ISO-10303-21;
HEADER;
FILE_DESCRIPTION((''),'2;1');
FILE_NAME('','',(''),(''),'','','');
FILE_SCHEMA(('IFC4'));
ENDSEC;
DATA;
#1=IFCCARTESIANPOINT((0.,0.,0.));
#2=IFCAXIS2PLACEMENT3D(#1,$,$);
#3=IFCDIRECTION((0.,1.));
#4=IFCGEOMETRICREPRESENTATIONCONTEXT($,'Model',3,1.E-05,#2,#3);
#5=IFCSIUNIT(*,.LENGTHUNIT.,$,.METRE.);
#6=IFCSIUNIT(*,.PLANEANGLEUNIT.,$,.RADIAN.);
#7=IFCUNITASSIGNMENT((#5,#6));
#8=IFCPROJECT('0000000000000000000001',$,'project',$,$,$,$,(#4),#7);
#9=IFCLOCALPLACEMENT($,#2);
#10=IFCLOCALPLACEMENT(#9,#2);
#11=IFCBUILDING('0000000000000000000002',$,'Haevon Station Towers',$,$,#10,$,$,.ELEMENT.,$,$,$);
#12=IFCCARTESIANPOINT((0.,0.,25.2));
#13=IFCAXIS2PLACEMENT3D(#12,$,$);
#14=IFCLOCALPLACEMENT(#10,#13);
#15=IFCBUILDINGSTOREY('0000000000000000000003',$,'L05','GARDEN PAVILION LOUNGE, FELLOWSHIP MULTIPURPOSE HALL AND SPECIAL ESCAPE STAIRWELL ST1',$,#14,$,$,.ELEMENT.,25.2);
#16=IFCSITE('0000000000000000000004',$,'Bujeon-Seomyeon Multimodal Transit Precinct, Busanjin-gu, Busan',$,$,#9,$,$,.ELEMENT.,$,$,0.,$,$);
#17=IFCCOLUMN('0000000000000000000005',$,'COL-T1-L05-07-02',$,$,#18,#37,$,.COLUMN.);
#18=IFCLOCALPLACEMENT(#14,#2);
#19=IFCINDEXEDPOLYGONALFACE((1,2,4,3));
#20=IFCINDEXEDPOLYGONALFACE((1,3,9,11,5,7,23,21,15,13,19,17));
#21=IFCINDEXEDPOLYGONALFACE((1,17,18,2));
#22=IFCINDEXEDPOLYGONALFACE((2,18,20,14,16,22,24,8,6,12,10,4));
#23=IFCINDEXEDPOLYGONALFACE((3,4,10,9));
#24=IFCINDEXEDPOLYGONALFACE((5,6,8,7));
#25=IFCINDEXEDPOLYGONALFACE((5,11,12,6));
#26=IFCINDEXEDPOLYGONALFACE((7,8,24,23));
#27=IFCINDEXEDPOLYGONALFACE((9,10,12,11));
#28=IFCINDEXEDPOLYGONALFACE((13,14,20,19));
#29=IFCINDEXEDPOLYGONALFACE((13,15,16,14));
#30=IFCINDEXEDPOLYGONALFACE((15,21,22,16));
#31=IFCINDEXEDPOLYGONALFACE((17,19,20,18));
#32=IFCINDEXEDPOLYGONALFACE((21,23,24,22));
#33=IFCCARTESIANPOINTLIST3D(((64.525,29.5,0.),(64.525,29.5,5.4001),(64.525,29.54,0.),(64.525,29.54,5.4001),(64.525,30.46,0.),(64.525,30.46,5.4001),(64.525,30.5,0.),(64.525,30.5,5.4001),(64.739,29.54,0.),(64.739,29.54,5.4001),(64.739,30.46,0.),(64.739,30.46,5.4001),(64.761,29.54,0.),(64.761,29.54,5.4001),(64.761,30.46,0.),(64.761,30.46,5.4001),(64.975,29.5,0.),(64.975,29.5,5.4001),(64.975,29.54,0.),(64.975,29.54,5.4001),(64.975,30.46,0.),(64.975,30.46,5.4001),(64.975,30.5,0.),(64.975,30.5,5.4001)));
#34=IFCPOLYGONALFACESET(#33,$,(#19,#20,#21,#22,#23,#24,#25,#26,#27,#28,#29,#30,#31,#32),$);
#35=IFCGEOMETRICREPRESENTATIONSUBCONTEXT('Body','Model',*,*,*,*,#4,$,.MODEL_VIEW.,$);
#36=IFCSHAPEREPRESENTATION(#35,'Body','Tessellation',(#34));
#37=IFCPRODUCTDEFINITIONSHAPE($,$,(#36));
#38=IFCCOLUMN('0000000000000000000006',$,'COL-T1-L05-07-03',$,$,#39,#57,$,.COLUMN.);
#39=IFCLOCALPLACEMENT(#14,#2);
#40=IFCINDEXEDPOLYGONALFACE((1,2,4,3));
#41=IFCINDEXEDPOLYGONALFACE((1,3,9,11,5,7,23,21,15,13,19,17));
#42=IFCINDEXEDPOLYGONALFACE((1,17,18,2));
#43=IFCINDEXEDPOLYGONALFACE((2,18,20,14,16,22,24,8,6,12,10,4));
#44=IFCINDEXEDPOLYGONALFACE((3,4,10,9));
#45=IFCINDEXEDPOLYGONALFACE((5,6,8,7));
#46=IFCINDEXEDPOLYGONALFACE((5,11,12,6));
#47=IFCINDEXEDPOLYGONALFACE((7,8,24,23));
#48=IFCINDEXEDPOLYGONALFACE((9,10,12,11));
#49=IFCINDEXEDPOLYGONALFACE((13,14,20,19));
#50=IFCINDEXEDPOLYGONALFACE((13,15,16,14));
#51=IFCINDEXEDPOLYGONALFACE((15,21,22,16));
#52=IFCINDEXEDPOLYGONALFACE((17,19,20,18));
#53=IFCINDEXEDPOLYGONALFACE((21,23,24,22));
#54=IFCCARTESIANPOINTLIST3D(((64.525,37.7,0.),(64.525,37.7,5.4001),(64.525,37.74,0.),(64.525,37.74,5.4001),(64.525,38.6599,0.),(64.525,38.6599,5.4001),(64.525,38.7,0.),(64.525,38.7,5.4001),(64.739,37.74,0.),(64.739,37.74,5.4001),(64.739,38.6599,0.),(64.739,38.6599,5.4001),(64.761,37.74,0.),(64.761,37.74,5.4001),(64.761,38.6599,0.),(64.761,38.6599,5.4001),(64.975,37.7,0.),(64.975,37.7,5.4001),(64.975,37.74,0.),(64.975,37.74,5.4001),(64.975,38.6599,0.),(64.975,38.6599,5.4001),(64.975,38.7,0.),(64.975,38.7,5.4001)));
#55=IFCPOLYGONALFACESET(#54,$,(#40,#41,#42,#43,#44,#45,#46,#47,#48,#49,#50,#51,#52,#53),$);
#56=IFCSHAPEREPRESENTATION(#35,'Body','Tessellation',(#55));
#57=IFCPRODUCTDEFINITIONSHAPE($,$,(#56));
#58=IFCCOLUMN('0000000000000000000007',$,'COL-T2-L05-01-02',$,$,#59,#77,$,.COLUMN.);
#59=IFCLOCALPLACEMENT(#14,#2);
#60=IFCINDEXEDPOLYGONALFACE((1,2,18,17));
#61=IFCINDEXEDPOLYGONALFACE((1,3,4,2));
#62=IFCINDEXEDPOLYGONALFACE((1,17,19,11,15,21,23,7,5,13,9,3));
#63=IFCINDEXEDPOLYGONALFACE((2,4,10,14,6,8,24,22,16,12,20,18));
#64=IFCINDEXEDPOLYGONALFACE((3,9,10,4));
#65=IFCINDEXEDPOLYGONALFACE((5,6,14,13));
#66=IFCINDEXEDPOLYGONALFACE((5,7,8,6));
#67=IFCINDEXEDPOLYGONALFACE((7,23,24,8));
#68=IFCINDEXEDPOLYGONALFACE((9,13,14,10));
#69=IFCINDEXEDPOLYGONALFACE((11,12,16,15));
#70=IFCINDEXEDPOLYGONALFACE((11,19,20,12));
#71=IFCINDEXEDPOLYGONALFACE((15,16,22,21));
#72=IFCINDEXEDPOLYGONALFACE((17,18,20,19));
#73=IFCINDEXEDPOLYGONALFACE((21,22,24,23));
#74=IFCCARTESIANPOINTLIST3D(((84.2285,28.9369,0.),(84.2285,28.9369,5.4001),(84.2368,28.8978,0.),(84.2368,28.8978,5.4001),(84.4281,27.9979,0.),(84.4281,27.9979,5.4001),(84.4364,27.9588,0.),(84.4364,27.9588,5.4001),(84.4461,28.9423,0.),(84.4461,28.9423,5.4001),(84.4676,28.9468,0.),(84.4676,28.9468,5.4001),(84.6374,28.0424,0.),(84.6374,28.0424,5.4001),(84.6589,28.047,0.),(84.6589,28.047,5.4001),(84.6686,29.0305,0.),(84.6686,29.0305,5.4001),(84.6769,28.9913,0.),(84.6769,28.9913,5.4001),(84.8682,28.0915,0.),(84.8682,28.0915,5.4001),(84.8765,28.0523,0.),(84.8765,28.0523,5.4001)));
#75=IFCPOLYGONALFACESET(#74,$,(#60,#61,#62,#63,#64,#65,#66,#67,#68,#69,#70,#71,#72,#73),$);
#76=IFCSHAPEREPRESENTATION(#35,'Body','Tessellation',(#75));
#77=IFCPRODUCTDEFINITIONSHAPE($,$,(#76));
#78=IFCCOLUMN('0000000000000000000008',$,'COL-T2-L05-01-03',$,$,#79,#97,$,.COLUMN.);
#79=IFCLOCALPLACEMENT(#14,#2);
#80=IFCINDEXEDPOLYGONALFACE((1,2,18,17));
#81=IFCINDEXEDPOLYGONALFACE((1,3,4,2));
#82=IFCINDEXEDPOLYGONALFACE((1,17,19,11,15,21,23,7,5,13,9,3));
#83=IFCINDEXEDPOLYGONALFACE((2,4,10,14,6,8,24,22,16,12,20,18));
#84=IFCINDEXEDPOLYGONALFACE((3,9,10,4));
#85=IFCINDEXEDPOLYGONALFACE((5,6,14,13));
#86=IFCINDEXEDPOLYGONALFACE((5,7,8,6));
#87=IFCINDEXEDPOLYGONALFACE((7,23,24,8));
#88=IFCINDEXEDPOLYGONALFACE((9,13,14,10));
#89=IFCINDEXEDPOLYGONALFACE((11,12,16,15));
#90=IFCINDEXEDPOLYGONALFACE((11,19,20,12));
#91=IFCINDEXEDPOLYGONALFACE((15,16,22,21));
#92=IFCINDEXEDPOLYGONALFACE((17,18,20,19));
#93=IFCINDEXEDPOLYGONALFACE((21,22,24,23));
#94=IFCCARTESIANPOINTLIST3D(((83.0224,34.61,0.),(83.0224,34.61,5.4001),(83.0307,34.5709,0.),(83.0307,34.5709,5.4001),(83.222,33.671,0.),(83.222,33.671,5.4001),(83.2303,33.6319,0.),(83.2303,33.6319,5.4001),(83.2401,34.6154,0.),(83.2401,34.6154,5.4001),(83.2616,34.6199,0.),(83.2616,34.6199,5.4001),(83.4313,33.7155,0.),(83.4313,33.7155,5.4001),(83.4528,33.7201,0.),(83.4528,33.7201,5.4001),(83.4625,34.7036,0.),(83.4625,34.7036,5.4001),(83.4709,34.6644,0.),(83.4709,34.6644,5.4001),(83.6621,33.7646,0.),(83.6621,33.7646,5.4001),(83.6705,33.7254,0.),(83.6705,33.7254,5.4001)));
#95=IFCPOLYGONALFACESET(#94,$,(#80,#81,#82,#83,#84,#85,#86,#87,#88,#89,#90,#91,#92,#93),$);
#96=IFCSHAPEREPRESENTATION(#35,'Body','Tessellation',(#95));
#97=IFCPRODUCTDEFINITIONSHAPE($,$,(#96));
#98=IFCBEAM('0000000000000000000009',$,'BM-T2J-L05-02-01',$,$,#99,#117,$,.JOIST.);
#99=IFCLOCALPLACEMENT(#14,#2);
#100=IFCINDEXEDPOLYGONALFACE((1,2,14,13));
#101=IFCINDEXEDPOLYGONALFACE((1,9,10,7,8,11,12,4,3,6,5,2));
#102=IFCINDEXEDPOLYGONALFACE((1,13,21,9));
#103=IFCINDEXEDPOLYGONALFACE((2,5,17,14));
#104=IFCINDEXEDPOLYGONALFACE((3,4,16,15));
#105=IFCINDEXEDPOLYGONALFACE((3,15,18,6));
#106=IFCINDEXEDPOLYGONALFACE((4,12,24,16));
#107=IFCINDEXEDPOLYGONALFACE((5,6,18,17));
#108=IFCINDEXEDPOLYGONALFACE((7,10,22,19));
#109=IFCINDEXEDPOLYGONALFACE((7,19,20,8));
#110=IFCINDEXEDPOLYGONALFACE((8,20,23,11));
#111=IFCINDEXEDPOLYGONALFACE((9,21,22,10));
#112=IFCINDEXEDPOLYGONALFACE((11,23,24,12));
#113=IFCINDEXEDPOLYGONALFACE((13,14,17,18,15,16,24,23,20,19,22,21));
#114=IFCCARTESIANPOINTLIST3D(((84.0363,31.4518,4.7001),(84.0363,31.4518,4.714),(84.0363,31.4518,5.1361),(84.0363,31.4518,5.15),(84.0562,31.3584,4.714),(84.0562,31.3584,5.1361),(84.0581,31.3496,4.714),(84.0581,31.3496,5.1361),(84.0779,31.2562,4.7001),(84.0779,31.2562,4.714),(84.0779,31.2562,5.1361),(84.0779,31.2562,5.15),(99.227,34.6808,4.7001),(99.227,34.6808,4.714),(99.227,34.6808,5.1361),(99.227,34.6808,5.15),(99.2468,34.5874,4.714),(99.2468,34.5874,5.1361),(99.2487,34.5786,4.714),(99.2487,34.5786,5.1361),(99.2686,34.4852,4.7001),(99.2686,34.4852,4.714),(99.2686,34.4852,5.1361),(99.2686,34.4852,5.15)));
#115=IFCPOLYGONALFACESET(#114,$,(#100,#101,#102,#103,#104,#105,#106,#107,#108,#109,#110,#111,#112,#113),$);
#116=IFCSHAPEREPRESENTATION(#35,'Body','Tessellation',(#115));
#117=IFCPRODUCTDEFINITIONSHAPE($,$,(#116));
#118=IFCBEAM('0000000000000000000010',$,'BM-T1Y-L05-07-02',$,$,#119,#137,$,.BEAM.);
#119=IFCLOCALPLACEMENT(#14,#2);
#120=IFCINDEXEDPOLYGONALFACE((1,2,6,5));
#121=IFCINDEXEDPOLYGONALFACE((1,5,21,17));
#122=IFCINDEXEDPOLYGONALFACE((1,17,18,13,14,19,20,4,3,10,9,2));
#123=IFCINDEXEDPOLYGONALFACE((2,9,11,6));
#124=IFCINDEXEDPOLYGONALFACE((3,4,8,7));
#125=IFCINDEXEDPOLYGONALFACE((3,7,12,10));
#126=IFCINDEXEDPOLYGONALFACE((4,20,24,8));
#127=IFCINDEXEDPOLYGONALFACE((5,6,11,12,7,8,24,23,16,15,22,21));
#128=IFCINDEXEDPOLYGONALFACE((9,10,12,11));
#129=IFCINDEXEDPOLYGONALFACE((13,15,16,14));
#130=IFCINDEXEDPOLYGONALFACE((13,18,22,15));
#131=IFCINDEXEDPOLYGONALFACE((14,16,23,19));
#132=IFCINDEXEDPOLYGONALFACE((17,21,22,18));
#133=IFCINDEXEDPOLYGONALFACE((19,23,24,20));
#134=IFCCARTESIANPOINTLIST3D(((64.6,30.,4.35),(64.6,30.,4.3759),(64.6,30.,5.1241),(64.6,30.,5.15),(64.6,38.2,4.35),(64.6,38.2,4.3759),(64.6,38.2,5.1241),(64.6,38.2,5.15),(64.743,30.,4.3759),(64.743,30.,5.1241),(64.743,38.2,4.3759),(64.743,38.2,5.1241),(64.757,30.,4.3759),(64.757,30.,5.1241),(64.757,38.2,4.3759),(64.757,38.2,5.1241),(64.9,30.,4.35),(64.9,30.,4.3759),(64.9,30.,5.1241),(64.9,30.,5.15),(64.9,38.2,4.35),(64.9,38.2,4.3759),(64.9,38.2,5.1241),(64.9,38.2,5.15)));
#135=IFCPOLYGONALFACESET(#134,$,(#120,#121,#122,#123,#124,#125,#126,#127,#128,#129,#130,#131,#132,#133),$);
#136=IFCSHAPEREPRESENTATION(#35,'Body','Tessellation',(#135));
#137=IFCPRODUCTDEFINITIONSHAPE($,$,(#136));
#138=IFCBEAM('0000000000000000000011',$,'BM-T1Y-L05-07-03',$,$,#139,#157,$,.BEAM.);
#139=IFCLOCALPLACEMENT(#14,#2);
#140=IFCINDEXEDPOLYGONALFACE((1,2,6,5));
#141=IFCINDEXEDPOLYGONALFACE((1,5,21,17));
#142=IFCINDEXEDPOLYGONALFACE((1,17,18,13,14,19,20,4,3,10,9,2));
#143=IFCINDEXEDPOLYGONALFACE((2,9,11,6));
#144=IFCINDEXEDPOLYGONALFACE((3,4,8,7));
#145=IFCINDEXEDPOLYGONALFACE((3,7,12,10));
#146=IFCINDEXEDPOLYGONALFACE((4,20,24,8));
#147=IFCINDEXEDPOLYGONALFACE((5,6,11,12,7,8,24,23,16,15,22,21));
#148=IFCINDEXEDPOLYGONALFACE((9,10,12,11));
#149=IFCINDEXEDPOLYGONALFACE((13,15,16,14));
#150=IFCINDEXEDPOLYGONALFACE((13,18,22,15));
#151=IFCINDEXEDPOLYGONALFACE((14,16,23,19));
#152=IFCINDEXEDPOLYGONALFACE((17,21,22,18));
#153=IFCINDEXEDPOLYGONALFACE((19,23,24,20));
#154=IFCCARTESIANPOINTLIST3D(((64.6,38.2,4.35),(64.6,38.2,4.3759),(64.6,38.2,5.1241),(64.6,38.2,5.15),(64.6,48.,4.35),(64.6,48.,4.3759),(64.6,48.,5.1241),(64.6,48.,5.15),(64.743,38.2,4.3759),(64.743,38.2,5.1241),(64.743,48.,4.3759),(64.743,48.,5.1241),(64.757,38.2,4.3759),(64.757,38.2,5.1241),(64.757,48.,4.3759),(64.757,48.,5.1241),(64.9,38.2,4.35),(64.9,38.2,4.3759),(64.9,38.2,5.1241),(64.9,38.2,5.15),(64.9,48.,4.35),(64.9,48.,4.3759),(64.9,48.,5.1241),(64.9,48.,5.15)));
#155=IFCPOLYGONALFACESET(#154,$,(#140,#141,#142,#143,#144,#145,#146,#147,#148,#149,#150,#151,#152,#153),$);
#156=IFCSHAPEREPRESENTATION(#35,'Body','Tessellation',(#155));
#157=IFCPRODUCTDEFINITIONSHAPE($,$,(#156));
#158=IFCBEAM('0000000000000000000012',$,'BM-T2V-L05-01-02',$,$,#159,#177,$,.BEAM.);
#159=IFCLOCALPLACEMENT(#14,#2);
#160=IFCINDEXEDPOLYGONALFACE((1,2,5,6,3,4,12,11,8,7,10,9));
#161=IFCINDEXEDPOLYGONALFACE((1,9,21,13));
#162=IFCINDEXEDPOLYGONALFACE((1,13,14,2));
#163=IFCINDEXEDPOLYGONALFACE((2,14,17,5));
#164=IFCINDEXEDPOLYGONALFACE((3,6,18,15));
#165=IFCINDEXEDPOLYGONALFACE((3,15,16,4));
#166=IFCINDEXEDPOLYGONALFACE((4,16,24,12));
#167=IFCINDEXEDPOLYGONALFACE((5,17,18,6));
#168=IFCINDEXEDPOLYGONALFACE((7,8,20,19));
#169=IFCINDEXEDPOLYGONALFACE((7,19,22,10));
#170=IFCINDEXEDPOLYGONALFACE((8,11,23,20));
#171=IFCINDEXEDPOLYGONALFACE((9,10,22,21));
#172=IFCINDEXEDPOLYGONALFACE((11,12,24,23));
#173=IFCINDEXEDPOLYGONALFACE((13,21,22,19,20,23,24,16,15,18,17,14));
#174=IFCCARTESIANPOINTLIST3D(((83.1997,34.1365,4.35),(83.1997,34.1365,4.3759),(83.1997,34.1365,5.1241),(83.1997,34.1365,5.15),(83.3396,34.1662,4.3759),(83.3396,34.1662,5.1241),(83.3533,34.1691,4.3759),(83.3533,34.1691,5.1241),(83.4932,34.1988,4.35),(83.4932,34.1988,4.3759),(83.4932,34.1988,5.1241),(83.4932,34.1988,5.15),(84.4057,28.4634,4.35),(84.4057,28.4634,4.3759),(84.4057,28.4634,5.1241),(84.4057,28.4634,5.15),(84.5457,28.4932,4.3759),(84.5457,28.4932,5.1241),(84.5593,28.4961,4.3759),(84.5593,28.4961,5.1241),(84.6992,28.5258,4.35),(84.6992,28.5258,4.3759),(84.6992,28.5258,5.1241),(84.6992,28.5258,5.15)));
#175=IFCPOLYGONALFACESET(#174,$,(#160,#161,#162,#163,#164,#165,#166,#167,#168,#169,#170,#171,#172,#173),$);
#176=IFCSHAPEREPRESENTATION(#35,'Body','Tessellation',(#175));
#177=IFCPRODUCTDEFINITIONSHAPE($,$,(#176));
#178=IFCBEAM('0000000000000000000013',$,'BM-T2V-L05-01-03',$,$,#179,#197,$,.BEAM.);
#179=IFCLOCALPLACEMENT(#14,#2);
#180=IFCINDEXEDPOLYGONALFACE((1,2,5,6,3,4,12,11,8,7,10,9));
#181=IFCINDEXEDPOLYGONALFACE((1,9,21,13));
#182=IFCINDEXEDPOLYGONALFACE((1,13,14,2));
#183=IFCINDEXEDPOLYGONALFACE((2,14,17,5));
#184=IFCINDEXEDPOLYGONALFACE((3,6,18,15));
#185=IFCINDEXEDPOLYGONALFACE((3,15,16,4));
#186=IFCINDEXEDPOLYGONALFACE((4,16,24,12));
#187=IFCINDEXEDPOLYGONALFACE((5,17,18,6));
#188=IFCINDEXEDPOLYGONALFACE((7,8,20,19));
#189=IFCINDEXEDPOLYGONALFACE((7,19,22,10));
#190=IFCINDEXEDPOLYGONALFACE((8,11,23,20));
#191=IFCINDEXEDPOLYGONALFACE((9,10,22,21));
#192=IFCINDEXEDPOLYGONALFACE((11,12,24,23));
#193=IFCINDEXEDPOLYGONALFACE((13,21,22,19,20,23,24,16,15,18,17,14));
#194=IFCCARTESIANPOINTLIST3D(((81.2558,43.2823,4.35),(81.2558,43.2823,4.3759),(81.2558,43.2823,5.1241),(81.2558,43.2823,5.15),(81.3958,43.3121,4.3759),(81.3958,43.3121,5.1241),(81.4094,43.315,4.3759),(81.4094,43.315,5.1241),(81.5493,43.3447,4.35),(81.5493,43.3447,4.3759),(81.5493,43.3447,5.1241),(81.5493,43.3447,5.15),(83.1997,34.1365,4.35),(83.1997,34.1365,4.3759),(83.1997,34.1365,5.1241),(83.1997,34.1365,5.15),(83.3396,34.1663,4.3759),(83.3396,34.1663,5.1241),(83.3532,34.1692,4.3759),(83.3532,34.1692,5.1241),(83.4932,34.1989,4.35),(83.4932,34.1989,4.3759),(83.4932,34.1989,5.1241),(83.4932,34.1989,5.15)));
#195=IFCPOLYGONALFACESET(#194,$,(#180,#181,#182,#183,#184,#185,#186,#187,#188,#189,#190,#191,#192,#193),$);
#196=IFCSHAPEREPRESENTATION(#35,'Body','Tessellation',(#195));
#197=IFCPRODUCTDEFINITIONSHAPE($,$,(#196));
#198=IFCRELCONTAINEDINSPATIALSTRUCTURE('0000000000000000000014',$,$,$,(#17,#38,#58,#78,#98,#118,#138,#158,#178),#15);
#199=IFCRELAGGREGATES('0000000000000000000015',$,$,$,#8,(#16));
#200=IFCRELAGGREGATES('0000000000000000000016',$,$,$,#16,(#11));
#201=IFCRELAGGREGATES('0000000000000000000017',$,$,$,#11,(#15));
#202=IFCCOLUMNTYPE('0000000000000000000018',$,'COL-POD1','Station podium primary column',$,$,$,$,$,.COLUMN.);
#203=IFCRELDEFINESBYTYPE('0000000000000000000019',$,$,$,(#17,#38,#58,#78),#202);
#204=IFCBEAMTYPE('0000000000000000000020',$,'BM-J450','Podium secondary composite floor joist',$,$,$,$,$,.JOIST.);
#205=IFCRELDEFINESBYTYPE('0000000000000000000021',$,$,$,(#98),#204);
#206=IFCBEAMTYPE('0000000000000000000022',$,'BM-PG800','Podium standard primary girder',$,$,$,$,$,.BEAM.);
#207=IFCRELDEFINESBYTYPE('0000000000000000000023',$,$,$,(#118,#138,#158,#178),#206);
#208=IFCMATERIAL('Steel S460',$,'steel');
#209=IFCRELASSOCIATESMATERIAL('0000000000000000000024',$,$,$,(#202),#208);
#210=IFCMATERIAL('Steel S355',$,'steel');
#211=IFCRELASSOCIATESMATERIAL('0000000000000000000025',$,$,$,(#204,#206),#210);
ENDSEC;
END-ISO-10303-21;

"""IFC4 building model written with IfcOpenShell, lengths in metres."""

from ifc_helpers import new_model, si_unit, direction, frame, origin, origin_2d, place, context, subcontext, project, spatial, i_section, extrude, material, material_profile, profile_set, type_object, element, save


model = new_model("IFC4")

# Units and contexts
model_context = context("Model", 3, precision=1e-05, world=origin(), true_north=direction((0.0, 1.0)))
body_context = subcontext(model_context, "Body", "Model", "MODEL_VIEW")
ifc_project = project(units=[si_unit("LENGTHUNIT", "METRE"), si_unit("PLANEANGLEUNIT", "RADIAN")], contexts=[model_context])

# Site, building, storey
site_placement = place(None, origin())
site = spatial("IfcSite", under=ifc_project, at=site_placement, Name="Bujeon-Seomyeon Multimodal Transit Precinct, Busanjin-gu, Busan", CompositionType="ELEMENT", RefElevation=0.0)
building_placement = place(site_placement, origin())
building = spatial("IfcBuilding", under=site, at=building_placement, Name="Haevon Station Towers", CompositionType="ELEMENT")
storey_placement = place(building_placement, frame((0.0, 0.0, 25.2)))
storey = spatial("IfcBuildingStorey", under=building, at=storey_placement, Name="L05", Description="GARDEN PAVILION LOUNGE, FELLOWSHIP MULTIPURPOSE HALL AND SPECIAL ESCAPE STAIRWELL ST1", CompositionType="ELEMENT", Elevation=25.2)

# Columns
ifc_material_1 = material(Name="Steel S460", Category="steel")
ifc_material_profile_1 = material_profile(ifc_material_1, i_section(OverallWidth=0.45, OverallDepth=1.0, WebThickness=0.022, FlangeThickness=0.04, at=origin_2d()), Name="H-1000x450x22x40")
ifc_profile_set_1 = profile_set([ifc_material_profile_1], Name="Steel S460")
column_type = type_object("IfcColumnType", Name="COL-POD1", Description="Station podium primary column", PredefinedType="COLUMN", material=ifc_profile_set_1)
for number, where, z_axis, x_axis, name in (
    (1, (64.75, 30.0, 0.0), (0.0, 0.0, 1.0), (1.0, 0.0, 0.0), "COL-T1-L05-07-02"),
    (2, (64.75, 38.2, 0.0), (0.0, 0.0, 1.0), (1.0, 0.0, 0.0), "COL-T1-L05-07-03"),
    (3, (84.5525, 28.4946, 0.0), (0.0, 0.0, 1.0), (0.978148, 0.207912, 0.0), "COL-T2-L05-01-02"),
    (4, (83.3464, 34.1677, 0.0), (0.0, 0.0, 1.0), (0.978148, 0.207912, 0.0), "COL-T2-L05-01-03"),
):
    element("IfcColumn", number, at=place(storey_placement, frame(where, z_axis=z_axis, x_axis=x_axis)), inside=storey, type_object=column_type, Name=name, PredefinedType="COLUMN", context=body_context, shape_type="SweptSolid", body=[
        extrude(i_section(OverallWidth=0.45, OverallDepth=1.0, WebThickness=0.022, FlangeThickness=0.04, at=origin_2d()), origin(), (0.0, 0.0, 1.0), 5.4001),
    ])

# Beams
ifc_material_2 = material(Name="Steel S355", Category="steel")
ifc_material_profile_2 = material_profile(ifc_material_2, i_section(OverallWidth=0.2, OverallDepth=0.45, WebThickness=0.009, FlangeThickness=0.0139, at=origin_2d()), Name="H-450x200x9x14")
ifc_profile_set_2 = profile_set([ifc_material_profile_2], Name="Steel S355")
beam_type_1 = type_object("IfcBeamType", Name="BM-J450", Description="Podium secondary composite floor joist", PredefinedType="JOIST", material=ifc_profile_set_2)
beam_1_placement = place(storey_placement, frame((84.0571, 31.354, 4.925), z_axis=(0.978146, 0.207919, 0.0), x_axis=(-0.207919, 0.978146, 0.0)))
element("IfcBeam", 5, at=beam_1_placement, inside=storey, type_object=beam_type_1, Name="BM-T2J-L05-02-01", PredefinedType="JOIST", context=body_context, shape_type="SweptSolid", body=[
    extrude(i_section(OverallWidth=0.2, OverallDepth=0.45, WebThickness=0.009, FlangeThickness=0.0139, at=origin_2d()), origin(), (0.0, 0.0, 1.0), 15.53),
])
ifc_material_profile_3 = material_profile(ifc_material_2, i_section(OverallWidth=0.3, OverallDepth=0.8, WebThickness=0.0139, FlangeThickness=0.0259, at=origin_2d()), Name="H-800x300x14x26")
ifc_profile_set_3 = profile_set([ifc_material_profile_3], Name="Steel S355")
beam_type_2 = type_object("IfcBeamType", Name="BM-PG800", Description="Podium standard primary girder", PredefinedType="BEAM", material=ifc_profile_set_3)
beam_2_placement = place(storey_placement, frame((64.75, 30.0, 4.75), z_axis=(0.0, 1.0, 0.0), x_axis=(-1.0, 0.0, 0.0)))
element("IfcBeam", 6, at=beam_2_placement, inside=storey, type_object=beam_type_2, Name="BM-T1Y-L05-07-02", PredefinedType="BEAM", context=body_context, shape_type="SweptSolid", body=[
    extrude(i_section(OverallWidth=0.3, OverallDepth=0.8, WebThickness=0.0139, FlangeThickness=0.0259, at=origin_2d()), origin(), (0.0, 0.0, 1.0), 8.2),
])
beam_3_placement = place(storey_placement, frame((64.75, 38.2, 4.75), z_axis=(0.0, 1.0, 0.0), x_axis=(-1.0, 0.0, 0.0)))
element("IfcBeam", 7, at=beam_3_placement, inside=storey, type_object=beam_type_2, Name="BM-T1Y-L05-07-03", PredefinedType="BEAM", context=body_context, shape_type="SweptSolid", body=[
    extrude(i_section(OverallWidth=0.3, OverallDepth=0.8, WebThickness=0.0139, FlangeThickness=0.0259, at=origin_2d()), origin(), (0.0, 0.0, 1.0), 9.8),
])
beam_4_placement = place(storey_placement, frame((84.5525, 28.4946, 4.75), z_axis=(-0.207945, 0.978141, 0.0), x_axis=(-0.978141, -0.207945, 0.0)))
element("IfcBeam", 8, at=beam_4_placement, inside=storey, type_object=beam_type_2, Name="BM-T2V-L05-01-02", PredefinedType="BEAM", context=body_context, shape_type="SweptSolid", body=[
    extrude(i_section(OverallWidth=0.3, OverallDepth=0.8, WebThickness=0.0139, FlangeThickness=0.0259, at=origin_2d()), origin(), (0.0, 0.0, 1.0), 5.7998),
])
beam_5_placement = place(storey_placement, frame((83.3464, 34.1677, 4.75), z_axis=(-0.207897, 0.978151, 0.0), x_axis=(-0.978151, -0.207897, 0.0)))
element("IfcBeam", 9, at=beam_5_placement, inside=storey, type_object=beam_type_2, Name="BM-T2V-L05-01-03", PredefinedType="BEAM", context=body_context, shape_type="SweptSolid", body=[
    extrude(i_section(OverallWidth=0.3, OverallDepth=0.8, WebThickness=0.0139, FlangeThickness=0.0259, at=origin_2d()), origin(), (0.0, 0.0, 1.0), 9.3501),
])

save(model, "model.ifc")
